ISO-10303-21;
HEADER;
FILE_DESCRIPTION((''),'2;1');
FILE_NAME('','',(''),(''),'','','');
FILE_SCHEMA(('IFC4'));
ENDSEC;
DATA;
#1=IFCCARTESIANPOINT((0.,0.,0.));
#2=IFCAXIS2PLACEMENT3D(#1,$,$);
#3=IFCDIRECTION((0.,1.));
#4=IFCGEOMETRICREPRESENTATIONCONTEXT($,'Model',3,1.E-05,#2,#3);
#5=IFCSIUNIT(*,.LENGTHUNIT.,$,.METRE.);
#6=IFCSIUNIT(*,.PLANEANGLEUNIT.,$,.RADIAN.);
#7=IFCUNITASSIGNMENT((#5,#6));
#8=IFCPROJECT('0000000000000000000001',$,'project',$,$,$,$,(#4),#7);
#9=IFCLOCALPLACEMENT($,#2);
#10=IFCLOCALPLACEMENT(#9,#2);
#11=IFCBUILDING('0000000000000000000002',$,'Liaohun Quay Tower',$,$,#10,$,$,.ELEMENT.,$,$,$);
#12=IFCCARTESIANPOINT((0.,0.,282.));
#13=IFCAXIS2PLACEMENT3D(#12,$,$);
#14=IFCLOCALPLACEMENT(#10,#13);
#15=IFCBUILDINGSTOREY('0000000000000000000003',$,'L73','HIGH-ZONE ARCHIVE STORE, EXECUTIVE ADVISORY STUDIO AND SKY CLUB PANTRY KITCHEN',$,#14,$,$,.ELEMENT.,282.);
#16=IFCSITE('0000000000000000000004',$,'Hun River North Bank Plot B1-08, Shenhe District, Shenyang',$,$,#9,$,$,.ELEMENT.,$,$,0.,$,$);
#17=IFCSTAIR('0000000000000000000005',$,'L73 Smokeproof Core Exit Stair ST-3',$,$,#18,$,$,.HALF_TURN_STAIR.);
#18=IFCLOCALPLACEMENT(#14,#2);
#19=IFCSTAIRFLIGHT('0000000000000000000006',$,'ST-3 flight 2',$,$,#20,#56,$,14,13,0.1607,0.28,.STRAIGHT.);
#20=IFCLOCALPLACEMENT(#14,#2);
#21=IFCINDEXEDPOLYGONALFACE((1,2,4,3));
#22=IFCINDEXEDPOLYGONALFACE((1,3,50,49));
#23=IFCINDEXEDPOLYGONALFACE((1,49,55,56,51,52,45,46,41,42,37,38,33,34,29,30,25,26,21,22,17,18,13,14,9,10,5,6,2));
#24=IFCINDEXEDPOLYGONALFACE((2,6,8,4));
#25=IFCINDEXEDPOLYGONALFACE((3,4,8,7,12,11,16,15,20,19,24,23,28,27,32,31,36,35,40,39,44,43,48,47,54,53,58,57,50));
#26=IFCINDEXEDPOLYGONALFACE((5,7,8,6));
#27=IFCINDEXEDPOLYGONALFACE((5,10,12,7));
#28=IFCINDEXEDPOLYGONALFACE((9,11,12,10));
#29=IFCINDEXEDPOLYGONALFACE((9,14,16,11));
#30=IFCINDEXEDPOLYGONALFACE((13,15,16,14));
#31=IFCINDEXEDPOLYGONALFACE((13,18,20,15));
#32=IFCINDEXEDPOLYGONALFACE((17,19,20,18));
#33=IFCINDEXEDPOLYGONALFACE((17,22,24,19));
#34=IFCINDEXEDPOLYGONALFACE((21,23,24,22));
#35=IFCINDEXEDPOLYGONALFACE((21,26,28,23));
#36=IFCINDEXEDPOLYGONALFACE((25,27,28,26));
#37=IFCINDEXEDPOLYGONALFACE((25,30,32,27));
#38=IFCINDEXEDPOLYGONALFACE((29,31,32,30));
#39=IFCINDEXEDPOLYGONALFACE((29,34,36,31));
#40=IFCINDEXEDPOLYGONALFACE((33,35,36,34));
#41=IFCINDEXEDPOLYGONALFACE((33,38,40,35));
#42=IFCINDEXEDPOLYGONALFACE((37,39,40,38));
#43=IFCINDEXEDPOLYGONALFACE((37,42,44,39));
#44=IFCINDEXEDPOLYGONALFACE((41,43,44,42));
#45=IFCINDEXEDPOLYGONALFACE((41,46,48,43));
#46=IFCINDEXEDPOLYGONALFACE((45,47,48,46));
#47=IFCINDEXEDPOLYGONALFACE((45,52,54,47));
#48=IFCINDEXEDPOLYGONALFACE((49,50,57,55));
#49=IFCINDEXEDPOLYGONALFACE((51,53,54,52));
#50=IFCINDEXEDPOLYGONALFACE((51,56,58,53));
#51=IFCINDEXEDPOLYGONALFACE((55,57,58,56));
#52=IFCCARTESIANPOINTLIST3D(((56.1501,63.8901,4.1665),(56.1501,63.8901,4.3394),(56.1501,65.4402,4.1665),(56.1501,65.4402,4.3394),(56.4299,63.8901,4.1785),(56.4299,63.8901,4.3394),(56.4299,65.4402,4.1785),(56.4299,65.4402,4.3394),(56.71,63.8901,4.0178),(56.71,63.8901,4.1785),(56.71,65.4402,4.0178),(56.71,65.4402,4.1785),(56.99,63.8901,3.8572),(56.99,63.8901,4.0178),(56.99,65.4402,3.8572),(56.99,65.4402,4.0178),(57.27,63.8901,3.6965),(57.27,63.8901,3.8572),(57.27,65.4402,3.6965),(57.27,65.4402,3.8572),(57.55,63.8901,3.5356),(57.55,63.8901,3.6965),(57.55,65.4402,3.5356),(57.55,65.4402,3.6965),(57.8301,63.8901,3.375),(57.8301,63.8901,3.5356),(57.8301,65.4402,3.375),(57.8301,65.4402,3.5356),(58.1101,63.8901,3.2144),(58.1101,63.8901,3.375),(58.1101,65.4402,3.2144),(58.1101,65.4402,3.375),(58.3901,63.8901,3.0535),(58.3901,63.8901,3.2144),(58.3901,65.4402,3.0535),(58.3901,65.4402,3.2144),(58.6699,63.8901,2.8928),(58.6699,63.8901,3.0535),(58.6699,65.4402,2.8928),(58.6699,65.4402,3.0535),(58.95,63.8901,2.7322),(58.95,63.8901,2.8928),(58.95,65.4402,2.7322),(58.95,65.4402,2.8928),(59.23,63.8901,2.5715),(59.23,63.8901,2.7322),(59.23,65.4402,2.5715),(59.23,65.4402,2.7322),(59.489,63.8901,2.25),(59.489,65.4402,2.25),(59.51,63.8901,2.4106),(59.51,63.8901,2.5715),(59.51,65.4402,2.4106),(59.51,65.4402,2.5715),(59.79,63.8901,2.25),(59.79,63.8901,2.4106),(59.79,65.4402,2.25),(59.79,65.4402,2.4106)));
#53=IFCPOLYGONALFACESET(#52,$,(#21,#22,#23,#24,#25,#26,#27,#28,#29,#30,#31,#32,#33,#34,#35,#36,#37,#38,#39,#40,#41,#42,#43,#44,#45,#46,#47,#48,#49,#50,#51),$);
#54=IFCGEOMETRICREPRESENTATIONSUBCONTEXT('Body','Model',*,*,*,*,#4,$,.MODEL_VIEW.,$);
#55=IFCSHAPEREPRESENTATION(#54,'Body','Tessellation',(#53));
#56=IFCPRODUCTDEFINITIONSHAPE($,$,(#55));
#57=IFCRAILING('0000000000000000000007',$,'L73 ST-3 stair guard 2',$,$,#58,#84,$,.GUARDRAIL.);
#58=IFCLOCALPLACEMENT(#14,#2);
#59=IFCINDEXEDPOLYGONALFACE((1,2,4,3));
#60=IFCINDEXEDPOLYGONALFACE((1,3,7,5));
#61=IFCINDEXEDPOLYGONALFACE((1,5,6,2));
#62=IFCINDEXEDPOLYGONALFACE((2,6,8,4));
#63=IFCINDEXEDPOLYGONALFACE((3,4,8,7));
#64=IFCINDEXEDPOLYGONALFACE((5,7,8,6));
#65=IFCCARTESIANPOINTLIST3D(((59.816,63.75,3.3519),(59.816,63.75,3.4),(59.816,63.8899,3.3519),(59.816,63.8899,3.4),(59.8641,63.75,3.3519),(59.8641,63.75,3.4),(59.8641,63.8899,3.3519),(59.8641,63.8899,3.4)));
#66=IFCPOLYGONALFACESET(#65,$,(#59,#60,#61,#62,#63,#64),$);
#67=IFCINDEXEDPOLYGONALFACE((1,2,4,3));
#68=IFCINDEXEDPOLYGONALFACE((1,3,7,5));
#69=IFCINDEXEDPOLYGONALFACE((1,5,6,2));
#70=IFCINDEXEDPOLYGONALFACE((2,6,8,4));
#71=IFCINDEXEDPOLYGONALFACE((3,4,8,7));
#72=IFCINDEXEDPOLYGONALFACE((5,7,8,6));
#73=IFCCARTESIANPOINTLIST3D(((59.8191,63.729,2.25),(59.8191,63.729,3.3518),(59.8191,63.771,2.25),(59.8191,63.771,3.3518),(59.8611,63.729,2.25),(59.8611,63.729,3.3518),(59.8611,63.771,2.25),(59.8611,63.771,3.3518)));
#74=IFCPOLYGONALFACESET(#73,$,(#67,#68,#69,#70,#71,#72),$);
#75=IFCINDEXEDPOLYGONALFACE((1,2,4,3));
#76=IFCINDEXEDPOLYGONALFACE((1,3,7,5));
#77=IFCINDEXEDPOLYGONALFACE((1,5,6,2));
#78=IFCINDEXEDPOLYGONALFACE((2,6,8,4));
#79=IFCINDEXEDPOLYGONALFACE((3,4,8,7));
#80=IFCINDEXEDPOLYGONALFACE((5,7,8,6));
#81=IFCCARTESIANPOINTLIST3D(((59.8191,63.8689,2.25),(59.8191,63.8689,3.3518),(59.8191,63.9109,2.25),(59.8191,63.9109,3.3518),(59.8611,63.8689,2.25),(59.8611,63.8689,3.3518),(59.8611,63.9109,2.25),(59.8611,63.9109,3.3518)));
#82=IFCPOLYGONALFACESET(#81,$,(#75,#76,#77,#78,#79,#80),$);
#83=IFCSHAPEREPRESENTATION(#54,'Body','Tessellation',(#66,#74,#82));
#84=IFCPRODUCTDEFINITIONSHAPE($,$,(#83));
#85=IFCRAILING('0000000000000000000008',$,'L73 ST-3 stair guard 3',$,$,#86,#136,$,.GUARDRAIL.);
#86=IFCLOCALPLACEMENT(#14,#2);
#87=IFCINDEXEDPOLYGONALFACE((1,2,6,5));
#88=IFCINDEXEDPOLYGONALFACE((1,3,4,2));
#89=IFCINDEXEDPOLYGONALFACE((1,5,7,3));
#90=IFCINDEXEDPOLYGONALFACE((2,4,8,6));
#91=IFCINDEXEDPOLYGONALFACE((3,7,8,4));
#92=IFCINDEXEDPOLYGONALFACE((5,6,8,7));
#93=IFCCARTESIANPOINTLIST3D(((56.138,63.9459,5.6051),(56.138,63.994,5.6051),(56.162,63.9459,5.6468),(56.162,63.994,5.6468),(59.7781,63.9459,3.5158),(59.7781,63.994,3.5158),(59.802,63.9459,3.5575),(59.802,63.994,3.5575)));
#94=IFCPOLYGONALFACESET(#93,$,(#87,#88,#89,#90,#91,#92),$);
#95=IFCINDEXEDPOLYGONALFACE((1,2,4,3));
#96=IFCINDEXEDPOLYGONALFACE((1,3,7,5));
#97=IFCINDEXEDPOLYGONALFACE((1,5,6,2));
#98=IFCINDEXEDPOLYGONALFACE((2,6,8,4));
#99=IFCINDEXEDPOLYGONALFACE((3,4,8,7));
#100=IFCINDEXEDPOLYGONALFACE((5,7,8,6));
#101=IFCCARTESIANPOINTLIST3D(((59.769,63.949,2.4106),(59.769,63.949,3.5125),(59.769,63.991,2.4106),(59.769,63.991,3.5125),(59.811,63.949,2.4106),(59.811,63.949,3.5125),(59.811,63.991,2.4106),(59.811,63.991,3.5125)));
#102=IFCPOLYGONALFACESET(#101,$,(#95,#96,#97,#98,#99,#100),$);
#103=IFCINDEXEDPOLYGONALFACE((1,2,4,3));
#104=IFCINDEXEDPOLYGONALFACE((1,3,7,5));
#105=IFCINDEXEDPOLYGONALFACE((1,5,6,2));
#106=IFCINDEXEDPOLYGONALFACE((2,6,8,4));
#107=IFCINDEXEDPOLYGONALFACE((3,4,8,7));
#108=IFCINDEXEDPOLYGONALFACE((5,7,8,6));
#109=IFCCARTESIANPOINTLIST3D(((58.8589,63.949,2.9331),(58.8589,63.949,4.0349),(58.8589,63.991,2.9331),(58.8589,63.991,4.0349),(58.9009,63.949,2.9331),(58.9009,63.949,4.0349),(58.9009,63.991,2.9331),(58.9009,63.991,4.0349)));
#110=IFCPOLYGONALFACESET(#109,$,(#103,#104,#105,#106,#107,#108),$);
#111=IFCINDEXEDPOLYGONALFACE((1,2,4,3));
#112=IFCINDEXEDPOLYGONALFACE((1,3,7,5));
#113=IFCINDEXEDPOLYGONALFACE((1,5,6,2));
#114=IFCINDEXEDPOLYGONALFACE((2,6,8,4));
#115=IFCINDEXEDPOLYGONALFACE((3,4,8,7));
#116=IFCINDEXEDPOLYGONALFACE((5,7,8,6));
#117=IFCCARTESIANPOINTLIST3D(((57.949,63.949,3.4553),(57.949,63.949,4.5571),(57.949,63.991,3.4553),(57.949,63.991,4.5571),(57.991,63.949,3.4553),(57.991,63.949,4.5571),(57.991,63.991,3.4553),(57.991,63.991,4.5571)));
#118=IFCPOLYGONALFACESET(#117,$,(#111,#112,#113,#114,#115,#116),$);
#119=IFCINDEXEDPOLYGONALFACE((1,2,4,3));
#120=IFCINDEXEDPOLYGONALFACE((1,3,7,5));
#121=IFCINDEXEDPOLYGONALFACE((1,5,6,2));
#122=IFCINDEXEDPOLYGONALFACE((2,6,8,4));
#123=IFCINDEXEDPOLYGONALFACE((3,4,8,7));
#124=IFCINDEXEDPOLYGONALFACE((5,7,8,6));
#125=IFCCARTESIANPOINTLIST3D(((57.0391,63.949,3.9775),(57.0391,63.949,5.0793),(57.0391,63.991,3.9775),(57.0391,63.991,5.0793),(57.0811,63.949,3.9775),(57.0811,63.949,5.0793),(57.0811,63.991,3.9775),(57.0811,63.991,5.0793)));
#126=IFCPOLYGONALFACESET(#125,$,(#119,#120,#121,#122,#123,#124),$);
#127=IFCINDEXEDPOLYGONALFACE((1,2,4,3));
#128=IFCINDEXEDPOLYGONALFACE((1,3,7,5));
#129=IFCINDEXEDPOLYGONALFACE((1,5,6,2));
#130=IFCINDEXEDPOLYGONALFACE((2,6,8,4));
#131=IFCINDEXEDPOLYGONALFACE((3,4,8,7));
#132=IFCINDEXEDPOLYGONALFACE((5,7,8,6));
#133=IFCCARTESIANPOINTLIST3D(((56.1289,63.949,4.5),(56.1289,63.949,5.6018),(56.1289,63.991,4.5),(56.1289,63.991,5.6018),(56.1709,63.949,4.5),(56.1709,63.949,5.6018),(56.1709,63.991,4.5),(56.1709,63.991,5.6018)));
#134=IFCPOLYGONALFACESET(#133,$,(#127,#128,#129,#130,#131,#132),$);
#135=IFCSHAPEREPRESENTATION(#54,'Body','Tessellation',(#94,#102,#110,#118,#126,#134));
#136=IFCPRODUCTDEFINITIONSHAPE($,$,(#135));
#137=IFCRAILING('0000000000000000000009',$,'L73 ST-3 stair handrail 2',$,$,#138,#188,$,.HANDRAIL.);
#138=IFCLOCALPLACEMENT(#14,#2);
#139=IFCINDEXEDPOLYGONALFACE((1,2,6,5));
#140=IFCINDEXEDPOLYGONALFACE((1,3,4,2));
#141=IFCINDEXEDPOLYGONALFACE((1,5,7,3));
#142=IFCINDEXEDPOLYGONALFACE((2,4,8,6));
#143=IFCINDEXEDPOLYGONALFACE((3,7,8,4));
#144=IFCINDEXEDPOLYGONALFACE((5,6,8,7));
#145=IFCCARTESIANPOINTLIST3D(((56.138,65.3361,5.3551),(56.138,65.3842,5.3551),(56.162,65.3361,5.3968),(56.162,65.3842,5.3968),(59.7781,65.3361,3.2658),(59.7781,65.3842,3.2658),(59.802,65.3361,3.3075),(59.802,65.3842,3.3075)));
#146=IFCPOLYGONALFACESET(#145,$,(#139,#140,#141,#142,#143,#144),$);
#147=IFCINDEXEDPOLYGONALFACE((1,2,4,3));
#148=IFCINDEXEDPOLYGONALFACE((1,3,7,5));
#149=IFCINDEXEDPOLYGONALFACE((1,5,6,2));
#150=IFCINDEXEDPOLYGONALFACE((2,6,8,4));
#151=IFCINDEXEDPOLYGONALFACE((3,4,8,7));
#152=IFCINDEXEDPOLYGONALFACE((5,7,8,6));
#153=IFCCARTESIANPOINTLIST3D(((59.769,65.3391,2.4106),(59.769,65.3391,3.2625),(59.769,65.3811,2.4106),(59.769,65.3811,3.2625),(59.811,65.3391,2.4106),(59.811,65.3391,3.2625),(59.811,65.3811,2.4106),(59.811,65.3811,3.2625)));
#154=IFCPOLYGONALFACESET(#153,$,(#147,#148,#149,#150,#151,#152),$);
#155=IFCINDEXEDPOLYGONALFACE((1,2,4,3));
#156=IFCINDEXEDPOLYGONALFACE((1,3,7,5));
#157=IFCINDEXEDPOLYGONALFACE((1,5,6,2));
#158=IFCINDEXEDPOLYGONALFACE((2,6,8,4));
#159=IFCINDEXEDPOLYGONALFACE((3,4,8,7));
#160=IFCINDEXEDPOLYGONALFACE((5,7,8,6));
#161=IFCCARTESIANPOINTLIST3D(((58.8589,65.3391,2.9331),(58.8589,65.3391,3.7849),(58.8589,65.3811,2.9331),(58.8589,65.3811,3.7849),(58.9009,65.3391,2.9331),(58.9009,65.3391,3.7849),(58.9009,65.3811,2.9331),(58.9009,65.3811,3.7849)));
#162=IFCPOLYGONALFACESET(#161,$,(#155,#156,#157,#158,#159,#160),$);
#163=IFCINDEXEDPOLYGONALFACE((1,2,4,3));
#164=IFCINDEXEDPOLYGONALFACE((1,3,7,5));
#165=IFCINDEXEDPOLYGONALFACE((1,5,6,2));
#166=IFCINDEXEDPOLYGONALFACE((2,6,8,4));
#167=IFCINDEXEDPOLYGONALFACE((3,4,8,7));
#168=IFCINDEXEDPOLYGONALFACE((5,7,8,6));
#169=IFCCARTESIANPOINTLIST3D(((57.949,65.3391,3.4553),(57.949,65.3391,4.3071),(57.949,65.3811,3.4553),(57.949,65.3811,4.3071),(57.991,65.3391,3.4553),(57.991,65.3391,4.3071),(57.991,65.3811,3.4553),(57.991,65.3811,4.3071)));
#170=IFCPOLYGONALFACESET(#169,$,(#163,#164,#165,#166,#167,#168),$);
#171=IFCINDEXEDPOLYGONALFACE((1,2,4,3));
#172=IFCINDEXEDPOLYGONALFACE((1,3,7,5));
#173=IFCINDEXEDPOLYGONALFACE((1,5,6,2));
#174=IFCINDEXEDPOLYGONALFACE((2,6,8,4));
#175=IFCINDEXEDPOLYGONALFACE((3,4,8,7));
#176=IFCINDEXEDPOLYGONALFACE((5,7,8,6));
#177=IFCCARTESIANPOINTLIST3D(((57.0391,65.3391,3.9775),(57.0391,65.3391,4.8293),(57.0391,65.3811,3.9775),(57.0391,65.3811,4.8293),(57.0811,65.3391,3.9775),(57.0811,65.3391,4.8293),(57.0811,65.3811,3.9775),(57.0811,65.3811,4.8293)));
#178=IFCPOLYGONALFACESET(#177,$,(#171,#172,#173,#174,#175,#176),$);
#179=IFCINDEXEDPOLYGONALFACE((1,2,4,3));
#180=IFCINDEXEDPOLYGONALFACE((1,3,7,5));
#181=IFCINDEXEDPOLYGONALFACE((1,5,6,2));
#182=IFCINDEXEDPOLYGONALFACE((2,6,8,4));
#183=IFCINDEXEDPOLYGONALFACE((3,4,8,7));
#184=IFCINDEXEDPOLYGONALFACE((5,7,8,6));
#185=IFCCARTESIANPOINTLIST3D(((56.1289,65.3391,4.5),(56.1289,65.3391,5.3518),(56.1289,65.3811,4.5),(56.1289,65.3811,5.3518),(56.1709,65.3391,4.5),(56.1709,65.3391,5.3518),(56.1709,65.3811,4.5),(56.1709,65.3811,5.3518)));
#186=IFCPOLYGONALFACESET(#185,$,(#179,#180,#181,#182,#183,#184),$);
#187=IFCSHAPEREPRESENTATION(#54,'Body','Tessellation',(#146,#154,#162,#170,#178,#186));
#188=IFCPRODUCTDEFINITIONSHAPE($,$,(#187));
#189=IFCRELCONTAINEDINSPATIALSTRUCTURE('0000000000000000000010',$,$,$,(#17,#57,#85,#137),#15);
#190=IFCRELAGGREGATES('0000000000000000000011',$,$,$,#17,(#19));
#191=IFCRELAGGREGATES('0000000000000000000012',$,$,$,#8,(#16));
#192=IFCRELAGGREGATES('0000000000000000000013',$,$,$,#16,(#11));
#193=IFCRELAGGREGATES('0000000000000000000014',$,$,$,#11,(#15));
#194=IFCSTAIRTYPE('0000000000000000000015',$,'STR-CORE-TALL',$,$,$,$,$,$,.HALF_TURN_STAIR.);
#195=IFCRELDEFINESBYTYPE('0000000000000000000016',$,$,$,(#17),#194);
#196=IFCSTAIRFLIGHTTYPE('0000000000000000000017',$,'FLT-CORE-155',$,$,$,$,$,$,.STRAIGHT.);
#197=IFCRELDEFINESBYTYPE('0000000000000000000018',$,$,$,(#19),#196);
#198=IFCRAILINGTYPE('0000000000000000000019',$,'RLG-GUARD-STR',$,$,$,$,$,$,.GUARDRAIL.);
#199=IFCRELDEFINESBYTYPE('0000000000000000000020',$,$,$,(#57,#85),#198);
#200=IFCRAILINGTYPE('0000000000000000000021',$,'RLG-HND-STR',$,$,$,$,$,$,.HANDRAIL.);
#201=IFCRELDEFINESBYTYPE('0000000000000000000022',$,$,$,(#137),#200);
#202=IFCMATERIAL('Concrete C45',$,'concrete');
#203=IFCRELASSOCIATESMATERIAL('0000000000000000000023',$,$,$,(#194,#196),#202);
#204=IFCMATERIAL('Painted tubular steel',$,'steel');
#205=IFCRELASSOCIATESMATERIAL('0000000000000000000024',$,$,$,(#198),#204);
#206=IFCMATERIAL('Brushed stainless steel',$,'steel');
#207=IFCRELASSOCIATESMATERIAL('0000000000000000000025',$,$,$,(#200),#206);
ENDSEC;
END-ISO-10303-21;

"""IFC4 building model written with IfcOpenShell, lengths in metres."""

from ifc_helpers import new_model, si_unit, direction, frame, origin, origin_2d, place, context, subcontext, project, spatial, polyline, rectangle, outline, extrude, material, type_object, element, aggregate, save


model = new_model("IFC4")

# Units and contexts
model_context = context("Model", 3, precision=1e-05, world=origin(), true_north=direction((0.0, 1.0)))
body_context = subcontext(model_context, "Body", "Model", "MODEL_VIEW")
ifc_project = project(units=[si_unit("LENGTHUNIT", "METRE"), si_unit("PLANEANGLEUNIT", "RADIAN")], contexts=[model_context])

# Site, building, storey
site_placement = place(None, origin())
site = spatial("IfcSite", under=ifc_project, at=site_placement, Name="Hun River North Bank Plot B1-08, Shenhe District, Shenyang", CompositionType="ELEMENT", RefElevation=0.0)
building_placement = place(site_placement, origin())
building = spatial("IfcBuilding", under=site, at=building_placement, Name="Liaohun Quay Tower", CompositionType="ELEMENT")
storey_placement = place(building_placement, frame((0.0, 0.0, 282.0)))
storey = spatial("IfcBuildingStorey", under=building, at=storey_placement, Name="L73", Description="HIGH-ZONE ARCHIVE STORE, EXECUTIVE ADVISORY STUDIO AND SKY CLUB PANTRY KITCHEN", CompositionType="ELEMENT", Elevation=282.0)

# Stair, stair flight
ifc_material_1 = material(Name="Concrete C45", Category="concrete")
stair_type = type_object("IfcStairType", Name="STR-CORE-TALL", PredefinedType="HALF_TURN_STAIR", material=ifc_material_1)
stair_placement = place(storey_placement, origin())
stair = element("IfcStair", 1, at=stair_placement, inside=storey, type_object=stair_type, Name="L73 Smokeproof Core Exit Stair ST-3", PredefinedType="HALF_TURN_STAIR")
stair_flight_type = type_object("IfcStairFlightType", Name="FLT-CORE-155", PredefinedType="STRAIGHT", material=ifc_material_1)
stair_flight_placement = place(storey_placement, frame((59.79, 64.665, 2.25), z_axis=(0.0, 0.0, 1.0), x_axis=(-1.0, 0.0, 0.0)))
stair_flight = element("IfcStairFlight", 2, at=stair_flight_placement, type_object=stair_flight_type, Name="ST-3 flight 2", NumberOfRisers=14, NumberOfTreads=13, PredefinedType="STRAIGHT", RiserHeight=0.1607, TreadLength=0.28, context=body_context, shape_type="SweptSolid", body=[
    extrude(outline(polyline([(0.0, 0.0), (0.0, 0.1606), (0.28, 0.1606), (0.28, 0.3215), (0.5601, 0.3215), (0.5601, 0.4822), (0.8401, 0.4822), (0.8401, 0.6428), (1.1201, 0.6428), (1.1201, 0.8035), (1.3999, 0.8035), (1.3999, 0.9644), (1.6799, 0.9644), (1.6799, 1.125), (1.96, 1.125), (1.96, 1.2856), (2.24, 1.2856), (2.24, 1.4465), (2.52, 1.4465), (2.52, 1.6072), (2.8, 1.6072), (2.8, 1.7678), (3.0801, 1.7678), (3.0801, 1.9285), (3.3601, 1.9285), (3.3601, 2.0894), (3.6399, 2.0894), (3.6399, 2.25), (3.6399, 1.9165), (0.301, 0.0), (0.0, 0.0)])), frame((0.0, 0.7749, 0.0), z_axis=(0.0, -1.0, 0.0), x_axis=(1.0, 0.0, 0.0)), (0.0, 0.0, 1.0), 1.55),
])
aggregate(stair, [stair_flight])

# Railings
ifc_material_2 = material(Name="Painted tubular steel", Category="steel")
railing_type_1 = type_object("IfcRailingType", Name="RLG-GUARD-STR", PredefinedType="GUARDRAIL", material=ifc_material_2)
railing_1_placement = place(storey_placement, frame((59.8401, 63.75, 2.25)))
element("IfcRailing", 3, at=railing_1_placement, inside=storey, type_object=railing_type_1, Name="L73 ST-3 stair guard 2", PredefinedType="GUARDRAIL", context=body_context, shape_type="SweptSolid", body=[
    extrude(rectangle(XDim=0.0481, YDim=0.0481, at=origin_2d()), frame((0.0, 0.0, 1.126), z_axis=(0.0, 1.0, 0.0), x_axis=(-1.0, 0.0, 0.0)), (0.0, 0.0, 1.0), 0.1399),
    extrude(rectangle(XDim=0.042, YDim=0.042, at=origin_2d()), origin(), (0.0, 0.0, 1.0), 1.1018),
    extrude(rectangle(XDim=0.042, YDim=0.042, at=origin_2d()), frame((0.0, 0.1399, 0.0)), (0.0, 0.0, 1.0), 1.1018),
])
railing_2_placement = place(storey_placement, frame((59.79, 63.97, 2.4106)))
element("IfcRailing", 4, at=railing_2_placement, inside=storey, type_object=railing_type_1, Name="L73 ST-3 stair guard 3", PredefinedType="GUARDRAIL", context=body_context, shape_type="SweptSolid", body=[
    extrude(rectangle(XDim=0.0481, YDim=0.0481, at=origin_2d()), frame((0.0, 0.0, 1.126), z_axis=(-0.867289, 0.0, 0.497804), x_axis=(0.0, -1.0, 0.0)), (0.0, 0.0, 1.0), 4.197),
    extrude(rectangle(XDim=0.042, YDim=0.042, at=origin_2d()), origin(), (0.0, 0.0, 1.0), 1.1018),
    extrude(rectangle(XDim=0.042, YDim=0.042, at=origin_2d()), frame((-0.9102, 0.0, 0.5225)), (0.0, 0.0, 1.0), 1.1018),
    extrude(rectangle(XDim=0.042, YDim=0.042, at=origin_2d()), frame((-1.8201, 0.0, 1.0447)), (0.0, 0.0, 1.0), 1.1018),
    extrude(rectangle(XDim=0.042, YDim=0.042, at=origin_2d()), frame((-2.73, 0.0, 1.5669)), (0.0, 0.0, 1.0), 1.1018),
    extrude(rectangle(XDim=0.042, YDim=0.042, at=origin_2d()), frame((-3.6401, 0.0, 2.0894)), (0.0, 0.0, 1.0), 1.1018),
])
ifc_material_3 = material(Name="Brushed stainless steel", Category="steel")
railing_type_2 = type_object("IfcRailingType", Name="RLG-HND-STR", PredefinedType="HANDRAIL", material=ifc_material_3)
railing_3_placement = place(storey_placement, frame((59.79, 65.3601, 2.4106)))
element("IfcRailing", 5, at=railing_3_placement, inside=storey, type_object=railing_type_2, Name="L73 ST-3 stair handrail 2", PredefinedType="HANDRAIL", context=body_context, shape_type="SweptSolid", body=[
    extrude(rectangle(XDim=0.0481, YDim=0.0481, at=origin_2d()), frame((0.0, 0.0, 0.876), z_axis=(-0.867289, 0.0, 0.497804), x_axis=(0.0, -1.0, 0.0)), (0.0, 0.0, 1.0), 4.197),
    extrude(rectangle(XDim=0.042, YDim=0.042, at=origin_2d()), origin(), (0.0, 0.0, 1.0), 0.8518),
    extrude(rectangle(XDim=0.042, YDim=0.042, at=origin_2d()), frame((-0.9102, 0.0, 0.5225)), (0.0, 0.0, 1.0), 0.8518),
    extrude(rectangle(XDim=0.042, YDim=0.042, at=origin_2d()), frame((-1.8201, 0.0, 1.0447)), (0.0, 0.0, 1.0), 0.8518),
    extrude(rectangle(XDim=0.042, YDim=0.042, at=origin_2d()), frame((-2.73, 0.0, 1.5669)), (0.0, 0.0, 1.0), 0.8518),
    extrude(rectangle(XDim=0.042, YDim=0.042, at=origin_2d()), frame((-3.6401, 0.0, 2.0894)), (0.0, 0.0, 1.0), 0.8518),
])

save(model, "model.ifc")
